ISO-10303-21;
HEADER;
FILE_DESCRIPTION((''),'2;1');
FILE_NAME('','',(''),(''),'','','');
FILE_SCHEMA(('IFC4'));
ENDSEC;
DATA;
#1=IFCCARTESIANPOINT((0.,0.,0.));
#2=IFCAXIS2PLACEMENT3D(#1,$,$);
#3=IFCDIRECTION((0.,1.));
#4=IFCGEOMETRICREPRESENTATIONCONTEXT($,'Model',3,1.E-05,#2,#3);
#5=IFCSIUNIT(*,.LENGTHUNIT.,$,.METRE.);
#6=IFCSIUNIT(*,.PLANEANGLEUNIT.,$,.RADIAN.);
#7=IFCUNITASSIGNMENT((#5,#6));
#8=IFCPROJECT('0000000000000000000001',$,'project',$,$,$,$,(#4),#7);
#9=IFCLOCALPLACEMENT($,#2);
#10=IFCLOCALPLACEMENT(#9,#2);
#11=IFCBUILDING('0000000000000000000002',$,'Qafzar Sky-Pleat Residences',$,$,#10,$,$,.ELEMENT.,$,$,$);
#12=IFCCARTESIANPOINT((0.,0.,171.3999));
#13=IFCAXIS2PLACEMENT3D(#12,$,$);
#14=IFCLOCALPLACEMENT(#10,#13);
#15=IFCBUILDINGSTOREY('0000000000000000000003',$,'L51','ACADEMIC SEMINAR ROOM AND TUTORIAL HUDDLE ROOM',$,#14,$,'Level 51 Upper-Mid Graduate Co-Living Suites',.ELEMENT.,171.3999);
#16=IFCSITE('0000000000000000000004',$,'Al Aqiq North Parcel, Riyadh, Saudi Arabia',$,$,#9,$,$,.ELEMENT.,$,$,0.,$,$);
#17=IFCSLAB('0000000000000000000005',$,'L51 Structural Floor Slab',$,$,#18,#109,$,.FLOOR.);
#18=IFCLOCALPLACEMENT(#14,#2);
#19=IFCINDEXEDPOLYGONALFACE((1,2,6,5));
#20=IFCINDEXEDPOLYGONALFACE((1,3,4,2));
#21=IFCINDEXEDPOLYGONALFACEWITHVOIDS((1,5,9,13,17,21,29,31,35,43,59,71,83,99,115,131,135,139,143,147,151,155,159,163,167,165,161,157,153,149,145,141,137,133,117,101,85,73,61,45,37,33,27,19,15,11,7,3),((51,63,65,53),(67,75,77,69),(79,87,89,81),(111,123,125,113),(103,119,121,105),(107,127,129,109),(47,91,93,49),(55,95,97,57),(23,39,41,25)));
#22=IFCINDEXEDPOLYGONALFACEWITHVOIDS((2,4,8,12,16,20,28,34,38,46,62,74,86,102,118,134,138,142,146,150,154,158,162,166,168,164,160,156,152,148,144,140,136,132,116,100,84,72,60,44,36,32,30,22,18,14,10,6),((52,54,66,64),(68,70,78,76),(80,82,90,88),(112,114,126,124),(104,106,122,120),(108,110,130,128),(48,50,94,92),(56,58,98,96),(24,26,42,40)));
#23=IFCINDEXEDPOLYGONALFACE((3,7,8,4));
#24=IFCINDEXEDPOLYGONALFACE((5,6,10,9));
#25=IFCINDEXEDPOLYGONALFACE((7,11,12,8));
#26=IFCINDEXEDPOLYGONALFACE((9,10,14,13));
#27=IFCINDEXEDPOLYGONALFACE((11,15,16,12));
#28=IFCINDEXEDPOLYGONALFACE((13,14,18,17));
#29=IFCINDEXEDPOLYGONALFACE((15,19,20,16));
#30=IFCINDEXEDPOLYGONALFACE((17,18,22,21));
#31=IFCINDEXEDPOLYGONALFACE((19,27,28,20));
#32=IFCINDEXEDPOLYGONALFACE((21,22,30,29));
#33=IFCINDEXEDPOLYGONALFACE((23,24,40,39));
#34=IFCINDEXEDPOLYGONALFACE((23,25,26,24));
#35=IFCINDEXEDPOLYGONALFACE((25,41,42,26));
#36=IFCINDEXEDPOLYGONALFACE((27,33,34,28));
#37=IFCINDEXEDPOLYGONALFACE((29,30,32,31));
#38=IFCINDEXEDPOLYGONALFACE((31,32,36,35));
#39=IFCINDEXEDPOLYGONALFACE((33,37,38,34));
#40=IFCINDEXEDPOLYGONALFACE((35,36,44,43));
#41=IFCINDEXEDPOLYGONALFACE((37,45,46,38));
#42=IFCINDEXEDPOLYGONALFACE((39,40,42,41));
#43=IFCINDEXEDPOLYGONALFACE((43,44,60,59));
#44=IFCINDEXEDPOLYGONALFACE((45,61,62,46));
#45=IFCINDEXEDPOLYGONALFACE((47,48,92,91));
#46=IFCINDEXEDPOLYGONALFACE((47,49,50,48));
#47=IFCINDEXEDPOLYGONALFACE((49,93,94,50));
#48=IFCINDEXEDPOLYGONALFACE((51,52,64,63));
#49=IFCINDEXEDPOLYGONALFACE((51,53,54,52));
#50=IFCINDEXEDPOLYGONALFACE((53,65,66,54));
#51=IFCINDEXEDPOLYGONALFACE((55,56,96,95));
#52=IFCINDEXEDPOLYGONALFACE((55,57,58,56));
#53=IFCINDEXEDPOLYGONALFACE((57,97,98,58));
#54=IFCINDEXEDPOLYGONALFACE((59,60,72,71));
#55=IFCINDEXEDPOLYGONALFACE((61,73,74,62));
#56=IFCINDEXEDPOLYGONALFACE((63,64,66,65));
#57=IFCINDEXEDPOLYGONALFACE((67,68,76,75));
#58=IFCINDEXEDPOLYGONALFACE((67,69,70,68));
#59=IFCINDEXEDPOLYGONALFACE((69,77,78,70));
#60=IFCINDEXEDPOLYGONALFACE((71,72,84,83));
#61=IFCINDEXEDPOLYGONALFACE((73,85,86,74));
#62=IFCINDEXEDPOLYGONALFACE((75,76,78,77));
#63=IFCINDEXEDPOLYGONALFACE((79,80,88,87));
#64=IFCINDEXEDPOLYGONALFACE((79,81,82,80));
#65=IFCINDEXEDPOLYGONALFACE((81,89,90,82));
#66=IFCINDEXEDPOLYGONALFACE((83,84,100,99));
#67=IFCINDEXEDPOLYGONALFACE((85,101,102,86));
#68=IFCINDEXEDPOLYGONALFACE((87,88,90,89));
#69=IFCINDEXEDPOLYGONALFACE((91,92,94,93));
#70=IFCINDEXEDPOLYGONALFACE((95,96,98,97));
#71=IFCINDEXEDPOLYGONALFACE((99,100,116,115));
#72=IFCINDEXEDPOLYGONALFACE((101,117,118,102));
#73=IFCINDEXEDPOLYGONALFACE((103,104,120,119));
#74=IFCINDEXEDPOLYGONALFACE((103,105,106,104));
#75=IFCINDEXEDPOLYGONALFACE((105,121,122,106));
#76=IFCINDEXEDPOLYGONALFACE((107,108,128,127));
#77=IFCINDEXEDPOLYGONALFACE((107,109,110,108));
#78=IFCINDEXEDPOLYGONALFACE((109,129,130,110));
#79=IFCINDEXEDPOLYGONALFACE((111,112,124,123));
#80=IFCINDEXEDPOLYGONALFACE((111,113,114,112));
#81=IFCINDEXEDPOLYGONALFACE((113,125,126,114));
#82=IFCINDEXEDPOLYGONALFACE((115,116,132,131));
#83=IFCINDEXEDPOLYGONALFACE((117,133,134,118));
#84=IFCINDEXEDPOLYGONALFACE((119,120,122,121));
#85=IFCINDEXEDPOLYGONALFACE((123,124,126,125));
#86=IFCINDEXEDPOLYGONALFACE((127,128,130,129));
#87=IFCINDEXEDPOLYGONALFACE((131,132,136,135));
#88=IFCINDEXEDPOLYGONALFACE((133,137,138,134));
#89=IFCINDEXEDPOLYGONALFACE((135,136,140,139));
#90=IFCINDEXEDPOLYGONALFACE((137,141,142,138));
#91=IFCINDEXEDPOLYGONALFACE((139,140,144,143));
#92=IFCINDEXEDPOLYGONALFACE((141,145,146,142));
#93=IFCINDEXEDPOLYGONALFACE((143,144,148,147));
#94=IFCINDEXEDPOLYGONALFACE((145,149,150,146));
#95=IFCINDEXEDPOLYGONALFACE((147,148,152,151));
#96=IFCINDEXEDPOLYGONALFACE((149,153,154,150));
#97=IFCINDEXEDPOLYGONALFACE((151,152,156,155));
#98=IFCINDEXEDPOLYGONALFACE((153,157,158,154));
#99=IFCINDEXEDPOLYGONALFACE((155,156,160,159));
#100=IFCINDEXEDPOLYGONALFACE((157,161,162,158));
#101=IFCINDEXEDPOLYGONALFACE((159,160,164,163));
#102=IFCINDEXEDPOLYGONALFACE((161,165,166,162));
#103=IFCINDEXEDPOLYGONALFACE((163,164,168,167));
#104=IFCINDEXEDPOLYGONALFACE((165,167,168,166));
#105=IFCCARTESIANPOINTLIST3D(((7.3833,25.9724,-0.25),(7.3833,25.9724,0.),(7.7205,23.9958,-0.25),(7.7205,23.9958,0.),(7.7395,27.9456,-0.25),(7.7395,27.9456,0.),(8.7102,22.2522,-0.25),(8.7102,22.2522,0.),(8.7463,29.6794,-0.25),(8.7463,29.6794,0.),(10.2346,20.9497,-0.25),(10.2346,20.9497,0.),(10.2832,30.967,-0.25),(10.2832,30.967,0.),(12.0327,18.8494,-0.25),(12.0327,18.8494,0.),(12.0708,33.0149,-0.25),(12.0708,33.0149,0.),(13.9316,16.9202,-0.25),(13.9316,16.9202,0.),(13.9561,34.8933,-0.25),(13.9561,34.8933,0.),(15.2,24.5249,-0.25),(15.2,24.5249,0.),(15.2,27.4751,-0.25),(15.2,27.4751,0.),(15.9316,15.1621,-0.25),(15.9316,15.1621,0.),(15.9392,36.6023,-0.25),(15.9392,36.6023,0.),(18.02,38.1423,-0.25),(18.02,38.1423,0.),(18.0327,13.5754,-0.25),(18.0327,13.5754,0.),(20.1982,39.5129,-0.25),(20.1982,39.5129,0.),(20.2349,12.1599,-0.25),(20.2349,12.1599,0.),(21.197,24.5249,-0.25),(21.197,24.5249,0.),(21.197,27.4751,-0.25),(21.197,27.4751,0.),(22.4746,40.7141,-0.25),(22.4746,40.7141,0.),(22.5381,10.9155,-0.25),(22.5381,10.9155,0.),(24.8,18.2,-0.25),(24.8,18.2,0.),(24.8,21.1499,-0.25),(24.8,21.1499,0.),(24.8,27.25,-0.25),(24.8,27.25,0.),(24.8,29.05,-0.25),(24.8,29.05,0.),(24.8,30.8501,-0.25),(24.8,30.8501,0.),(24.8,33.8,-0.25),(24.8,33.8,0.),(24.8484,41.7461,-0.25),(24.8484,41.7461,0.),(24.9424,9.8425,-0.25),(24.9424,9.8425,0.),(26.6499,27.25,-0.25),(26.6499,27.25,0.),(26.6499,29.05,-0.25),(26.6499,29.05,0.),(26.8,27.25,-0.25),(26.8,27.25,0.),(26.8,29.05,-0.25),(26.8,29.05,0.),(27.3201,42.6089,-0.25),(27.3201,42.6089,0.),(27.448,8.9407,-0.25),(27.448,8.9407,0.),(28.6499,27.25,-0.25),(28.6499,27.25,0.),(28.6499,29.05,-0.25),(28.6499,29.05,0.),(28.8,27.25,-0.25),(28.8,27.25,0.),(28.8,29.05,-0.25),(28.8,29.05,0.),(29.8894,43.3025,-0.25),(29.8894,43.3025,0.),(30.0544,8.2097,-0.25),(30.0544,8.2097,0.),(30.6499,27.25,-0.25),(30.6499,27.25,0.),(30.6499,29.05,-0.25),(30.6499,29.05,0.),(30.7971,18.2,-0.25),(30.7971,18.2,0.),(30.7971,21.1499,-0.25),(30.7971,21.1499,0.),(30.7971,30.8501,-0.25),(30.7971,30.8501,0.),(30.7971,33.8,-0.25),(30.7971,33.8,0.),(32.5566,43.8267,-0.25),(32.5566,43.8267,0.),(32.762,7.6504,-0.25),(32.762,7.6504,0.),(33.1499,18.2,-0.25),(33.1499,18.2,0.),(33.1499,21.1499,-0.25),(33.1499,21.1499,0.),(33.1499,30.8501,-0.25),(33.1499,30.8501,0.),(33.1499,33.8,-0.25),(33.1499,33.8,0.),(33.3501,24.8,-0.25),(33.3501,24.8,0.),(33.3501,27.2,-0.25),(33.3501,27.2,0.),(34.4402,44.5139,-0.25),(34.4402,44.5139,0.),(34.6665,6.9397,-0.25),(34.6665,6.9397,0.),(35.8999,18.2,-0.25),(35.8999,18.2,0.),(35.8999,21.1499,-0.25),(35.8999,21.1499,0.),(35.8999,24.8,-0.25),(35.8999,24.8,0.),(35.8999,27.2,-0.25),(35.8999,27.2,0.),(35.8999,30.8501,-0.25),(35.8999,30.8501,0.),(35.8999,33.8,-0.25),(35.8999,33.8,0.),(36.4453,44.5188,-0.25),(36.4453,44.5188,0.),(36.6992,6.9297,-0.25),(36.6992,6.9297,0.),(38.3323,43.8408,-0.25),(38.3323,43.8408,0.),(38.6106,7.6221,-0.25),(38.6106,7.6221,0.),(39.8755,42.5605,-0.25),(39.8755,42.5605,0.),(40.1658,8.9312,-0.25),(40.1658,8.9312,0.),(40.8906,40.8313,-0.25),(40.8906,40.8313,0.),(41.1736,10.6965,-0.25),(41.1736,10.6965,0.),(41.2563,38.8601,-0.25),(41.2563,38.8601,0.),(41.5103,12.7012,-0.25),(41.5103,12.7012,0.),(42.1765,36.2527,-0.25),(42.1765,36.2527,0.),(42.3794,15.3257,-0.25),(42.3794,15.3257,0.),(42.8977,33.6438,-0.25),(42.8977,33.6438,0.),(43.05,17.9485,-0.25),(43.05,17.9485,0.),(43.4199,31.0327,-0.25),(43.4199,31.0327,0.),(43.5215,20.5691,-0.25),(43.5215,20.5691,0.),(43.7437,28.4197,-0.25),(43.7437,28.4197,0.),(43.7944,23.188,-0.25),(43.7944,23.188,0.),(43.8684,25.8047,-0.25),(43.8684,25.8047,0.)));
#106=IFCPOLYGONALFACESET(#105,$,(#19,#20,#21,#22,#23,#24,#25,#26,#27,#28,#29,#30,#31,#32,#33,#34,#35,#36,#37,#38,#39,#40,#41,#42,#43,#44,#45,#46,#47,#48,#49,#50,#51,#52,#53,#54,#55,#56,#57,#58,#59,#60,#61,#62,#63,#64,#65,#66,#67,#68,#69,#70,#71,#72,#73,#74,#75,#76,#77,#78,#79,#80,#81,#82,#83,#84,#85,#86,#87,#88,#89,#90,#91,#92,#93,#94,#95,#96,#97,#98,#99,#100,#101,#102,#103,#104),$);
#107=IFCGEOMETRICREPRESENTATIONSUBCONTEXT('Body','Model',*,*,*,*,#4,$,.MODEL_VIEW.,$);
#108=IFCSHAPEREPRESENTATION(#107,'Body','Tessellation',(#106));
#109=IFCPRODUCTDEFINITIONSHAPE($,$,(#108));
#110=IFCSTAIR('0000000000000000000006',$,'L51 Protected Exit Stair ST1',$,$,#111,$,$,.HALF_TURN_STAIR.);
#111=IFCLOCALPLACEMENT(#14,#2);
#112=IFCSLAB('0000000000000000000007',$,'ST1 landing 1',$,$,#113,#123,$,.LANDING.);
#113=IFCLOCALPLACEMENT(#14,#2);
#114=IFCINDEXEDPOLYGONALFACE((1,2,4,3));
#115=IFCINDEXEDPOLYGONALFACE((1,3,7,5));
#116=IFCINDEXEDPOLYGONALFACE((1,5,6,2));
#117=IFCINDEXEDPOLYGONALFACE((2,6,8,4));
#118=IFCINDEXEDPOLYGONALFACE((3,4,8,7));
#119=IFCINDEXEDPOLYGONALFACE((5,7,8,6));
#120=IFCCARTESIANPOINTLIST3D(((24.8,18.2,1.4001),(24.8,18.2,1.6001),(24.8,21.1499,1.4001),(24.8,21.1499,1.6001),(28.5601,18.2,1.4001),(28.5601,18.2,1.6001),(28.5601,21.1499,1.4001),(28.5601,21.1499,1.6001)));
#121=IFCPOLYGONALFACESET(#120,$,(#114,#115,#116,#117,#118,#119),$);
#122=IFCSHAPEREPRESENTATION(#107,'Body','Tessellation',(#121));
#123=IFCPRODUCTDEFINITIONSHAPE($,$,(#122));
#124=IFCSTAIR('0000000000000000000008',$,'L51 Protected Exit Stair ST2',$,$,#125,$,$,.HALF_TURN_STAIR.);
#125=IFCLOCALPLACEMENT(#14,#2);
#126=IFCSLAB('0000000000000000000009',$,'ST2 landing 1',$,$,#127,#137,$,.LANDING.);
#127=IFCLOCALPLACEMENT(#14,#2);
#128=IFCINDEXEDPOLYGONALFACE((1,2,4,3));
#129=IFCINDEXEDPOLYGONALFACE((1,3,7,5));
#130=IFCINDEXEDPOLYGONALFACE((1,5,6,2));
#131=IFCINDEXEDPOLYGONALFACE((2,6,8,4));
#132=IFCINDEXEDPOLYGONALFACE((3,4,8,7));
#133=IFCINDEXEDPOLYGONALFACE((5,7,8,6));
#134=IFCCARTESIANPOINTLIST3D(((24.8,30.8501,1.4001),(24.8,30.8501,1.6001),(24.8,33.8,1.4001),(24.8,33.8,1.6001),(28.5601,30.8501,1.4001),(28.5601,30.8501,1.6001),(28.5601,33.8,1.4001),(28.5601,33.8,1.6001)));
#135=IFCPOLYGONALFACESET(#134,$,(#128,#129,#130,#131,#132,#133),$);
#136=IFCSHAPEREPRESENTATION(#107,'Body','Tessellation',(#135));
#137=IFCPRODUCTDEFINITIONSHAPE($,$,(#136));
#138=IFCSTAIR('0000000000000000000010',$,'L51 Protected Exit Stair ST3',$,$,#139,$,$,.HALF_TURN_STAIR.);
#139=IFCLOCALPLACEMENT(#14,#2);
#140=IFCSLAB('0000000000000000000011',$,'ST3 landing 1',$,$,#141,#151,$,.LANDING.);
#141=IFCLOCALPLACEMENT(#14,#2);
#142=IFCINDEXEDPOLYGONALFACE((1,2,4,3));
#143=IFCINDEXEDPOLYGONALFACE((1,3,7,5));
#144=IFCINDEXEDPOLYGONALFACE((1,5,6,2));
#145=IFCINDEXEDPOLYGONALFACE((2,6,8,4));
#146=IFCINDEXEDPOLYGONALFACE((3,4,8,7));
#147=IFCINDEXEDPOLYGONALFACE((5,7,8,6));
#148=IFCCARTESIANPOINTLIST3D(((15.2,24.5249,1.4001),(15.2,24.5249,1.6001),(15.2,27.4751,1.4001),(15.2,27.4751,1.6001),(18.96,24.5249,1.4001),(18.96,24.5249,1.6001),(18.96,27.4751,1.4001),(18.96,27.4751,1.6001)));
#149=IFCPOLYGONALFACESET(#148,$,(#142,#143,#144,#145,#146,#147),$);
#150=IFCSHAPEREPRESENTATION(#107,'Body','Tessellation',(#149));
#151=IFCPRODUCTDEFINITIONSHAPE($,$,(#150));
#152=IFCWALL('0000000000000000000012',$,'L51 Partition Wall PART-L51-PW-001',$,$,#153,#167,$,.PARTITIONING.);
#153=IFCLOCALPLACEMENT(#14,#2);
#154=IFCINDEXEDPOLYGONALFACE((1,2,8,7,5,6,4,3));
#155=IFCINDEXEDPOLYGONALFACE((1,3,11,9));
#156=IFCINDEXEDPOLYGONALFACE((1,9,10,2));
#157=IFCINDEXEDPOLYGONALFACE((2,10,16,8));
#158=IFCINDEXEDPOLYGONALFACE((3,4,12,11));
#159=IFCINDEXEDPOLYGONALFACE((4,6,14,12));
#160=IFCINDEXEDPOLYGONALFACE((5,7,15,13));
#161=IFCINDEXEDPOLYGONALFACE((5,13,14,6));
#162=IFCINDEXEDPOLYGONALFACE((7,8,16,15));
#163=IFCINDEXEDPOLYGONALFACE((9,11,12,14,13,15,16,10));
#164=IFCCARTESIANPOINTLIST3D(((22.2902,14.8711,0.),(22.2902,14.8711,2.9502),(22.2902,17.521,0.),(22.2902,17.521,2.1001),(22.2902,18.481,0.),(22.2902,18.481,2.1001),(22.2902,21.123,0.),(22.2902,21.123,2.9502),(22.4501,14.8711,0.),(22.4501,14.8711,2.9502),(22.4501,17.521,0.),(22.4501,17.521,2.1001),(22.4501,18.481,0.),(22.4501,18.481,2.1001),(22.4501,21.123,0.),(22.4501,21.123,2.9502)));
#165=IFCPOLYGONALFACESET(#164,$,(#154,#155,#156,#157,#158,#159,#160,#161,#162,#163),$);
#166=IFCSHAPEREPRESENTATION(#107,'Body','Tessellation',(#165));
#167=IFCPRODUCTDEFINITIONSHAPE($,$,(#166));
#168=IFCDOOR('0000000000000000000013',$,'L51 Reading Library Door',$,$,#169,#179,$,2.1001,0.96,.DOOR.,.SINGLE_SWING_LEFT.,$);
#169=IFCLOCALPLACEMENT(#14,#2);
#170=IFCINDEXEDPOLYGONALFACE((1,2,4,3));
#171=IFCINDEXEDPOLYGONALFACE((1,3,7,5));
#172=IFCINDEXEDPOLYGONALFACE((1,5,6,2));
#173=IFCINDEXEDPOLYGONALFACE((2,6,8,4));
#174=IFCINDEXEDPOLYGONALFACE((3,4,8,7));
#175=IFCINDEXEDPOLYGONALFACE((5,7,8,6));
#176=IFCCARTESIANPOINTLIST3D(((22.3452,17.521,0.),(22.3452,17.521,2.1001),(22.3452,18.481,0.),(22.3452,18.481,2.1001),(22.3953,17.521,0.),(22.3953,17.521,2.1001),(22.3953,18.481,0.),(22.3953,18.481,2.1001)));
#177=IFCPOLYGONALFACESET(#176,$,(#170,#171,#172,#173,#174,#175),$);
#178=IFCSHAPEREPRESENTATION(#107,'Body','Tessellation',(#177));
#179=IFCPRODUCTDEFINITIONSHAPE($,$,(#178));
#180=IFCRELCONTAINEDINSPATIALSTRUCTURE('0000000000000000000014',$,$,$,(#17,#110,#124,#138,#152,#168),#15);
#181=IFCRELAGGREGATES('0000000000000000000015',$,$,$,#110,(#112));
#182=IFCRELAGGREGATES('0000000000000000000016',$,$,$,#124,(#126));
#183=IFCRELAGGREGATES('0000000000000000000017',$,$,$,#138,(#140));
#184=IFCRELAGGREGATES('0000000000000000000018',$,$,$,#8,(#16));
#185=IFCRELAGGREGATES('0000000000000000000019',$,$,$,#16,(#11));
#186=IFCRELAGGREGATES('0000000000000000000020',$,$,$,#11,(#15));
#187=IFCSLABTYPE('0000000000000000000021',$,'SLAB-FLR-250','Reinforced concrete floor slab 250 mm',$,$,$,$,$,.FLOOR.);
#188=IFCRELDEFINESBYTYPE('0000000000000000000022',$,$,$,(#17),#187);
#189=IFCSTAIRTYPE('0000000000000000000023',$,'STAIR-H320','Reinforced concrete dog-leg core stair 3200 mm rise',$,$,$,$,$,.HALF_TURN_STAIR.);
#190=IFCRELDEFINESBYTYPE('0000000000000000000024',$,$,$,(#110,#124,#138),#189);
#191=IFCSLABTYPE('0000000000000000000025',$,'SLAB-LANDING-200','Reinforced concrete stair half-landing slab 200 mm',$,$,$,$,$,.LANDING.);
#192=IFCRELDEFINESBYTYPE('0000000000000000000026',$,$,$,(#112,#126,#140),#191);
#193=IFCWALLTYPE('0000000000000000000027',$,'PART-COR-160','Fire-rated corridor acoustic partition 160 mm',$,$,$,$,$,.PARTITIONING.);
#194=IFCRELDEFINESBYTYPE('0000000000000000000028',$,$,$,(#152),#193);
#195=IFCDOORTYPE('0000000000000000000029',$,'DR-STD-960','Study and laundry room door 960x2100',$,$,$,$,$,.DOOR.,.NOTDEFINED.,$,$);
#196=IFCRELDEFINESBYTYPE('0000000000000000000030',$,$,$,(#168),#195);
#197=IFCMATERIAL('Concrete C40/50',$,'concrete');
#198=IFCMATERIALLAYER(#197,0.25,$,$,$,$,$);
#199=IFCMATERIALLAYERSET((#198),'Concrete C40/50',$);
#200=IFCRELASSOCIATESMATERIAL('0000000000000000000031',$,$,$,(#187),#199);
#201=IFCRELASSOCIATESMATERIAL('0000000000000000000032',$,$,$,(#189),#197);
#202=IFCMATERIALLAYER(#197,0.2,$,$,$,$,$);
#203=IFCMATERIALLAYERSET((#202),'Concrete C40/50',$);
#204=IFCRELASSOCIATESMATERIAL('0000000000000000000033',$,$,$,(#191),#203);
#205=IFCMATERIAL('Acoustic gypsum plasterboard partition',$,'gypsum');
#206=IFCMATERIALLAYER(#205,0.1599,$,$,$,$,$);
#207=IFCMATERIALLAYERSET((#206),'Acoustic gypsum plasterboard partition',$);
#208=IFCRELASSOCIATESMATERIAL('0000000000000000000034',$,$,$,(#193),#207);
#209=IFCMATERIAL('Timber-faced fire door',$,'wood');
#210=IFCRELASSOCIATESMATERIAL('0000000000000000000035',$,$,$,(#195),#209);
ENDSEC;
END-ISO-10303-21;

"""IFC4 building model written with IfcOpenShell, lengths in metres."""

from ifc_helpers import new_model, si_unit, direction, frame, frame_2d, origin, place, context, subcontext, project, spatial, polyline, rectangle, outline, extrude, source, transform, mapped, material, layer, layer_set, type_object, element, fill, aggregate, save


model = new_model("IFC4")

# Units and contexts
model_context = context("Model", 3, precision=1e-05, world=origin(), true_north=direction((0.0, 1.0)))
body_context = subcontext(model_context, "Body", "Model", "MODEL_VIEW")
ifc_project = project(units=[si_unit("LENGTHUNIT", "METRE"), si_unit("PLANEANGLEUNIT", "RADIAN")], contexts=[model_context])

# Site, building, storey
site_placement = place(None, origin())
site = spatial("IfcSite", under=ifc_project, at=site_placement, Name="Al Aqiq North Parcel, Riyadh, Saudi Arabia", CompositionType="ELEMENT", RefElevation=0.0)
building_placement = place(site_placement, origin())
building = spatial("IfcBuilding", under=site, at=building_placement, Name="Qafzar Sky-Pleat Residences", CompositionType="ELEMENT")
storey_placement = place(building_placement, frame((0.0, 0.0, 171.3999)))
storey = spatial("IfcBuildingStorey", under=building, at=storey_placement, Name="L51", Description="ACADEMIC SEMINAR ROOM AND TUTORIAL HUDDLE ROOM", LongName="Level 51 Upper-Mid Graduate Co-Living Suites", CompositionType="ELEMENT", Elevation=171.3999)

# Slab
ifc_material_1 = material(Name="Concrete C40/50", Category="concrete")
ifc_layer_1 = layer(ifc_material_1, 0.25)
ifc_layer_set_1 = layer_set([ifc_layer_1], Name="Concrete C40/50")
slab_type_1 = type_object("IfcSlabType", Name="SLAB-FLR-250", Description="Reinforced concrete floor slab 250 mm", PredefinedType="FLOOR", material=ifc_layer_set_1)
slab_1_placement = place(storey_placement, frame((0.0, 0.0, -0.25)))
element("IfcSlab", 1, at=slab_1_placement, inside=storey, type_object=slab_type_1, Name="L51 Structural Floor Slab", PredefinedType="FLOOR", context=body_context, shape_type="SweptSolid", body=[
    extrude(outline(polyline([(10.2832, 30.967), (8.7463, 29.6794), (7.7395, 27.9456), (7.3833, 25.9724), (7.7205, 23.9958), (8.7102, 22.2522), (10.2346, 20.9497), (12.0327, 18.8494), (13.9316, 16.9202), (15.9316, 15.1621), (18.0327, 13.5754), (20.2349, 12.1599), (22.5381, 10.9155), (24.9424, 9.8425), (27.448, 8.9407), (30.0544, 8.2097), (32.762, 7.6504), (34.6665, 6.9397), (36.6992, 6.9297), (38.6106, 7.6221), (40.1658, 8.9312), (41.1736, 10.6965), (41.5103, 12.7012), (42.3794, 15.3257), (43.05, 17.9485), (43.5215, 20.5691), (43.7944, 23.188), (43.8684, 25.8047), (43.7437, 28.4197), (43.4199, 31.0327), (42.8977, 33.6438), (42.1765, 36.2527), (41.2563, 38.8601), (40.8906, 40.8313), (39.8755, 42.5605), (38.3323, 43.8408), (36.4453, 44.5188), (34.4402, 44.5139), (32.5566, 43.8267), (29.8894, 43.3025), (27.3201, 42.6089), (24.8484, 41.7461), (22.4746, 40.7141), (20.1982, 39.5129), (18.02, 38.1423), (15.9392, 36.6023), (13.9561, 34.8933), (12.0708, 33.0149), (10.2832, 30.967)]), holes=[polyline([(30.7971, 21.1499), (24.8, 21.1499), (24.8, 18.2), (30.7971, 18.2), (30.7971, 21.1499)]), polyline([(30.7971, 33.8), (24.8, 33.8), (24.8, 30.8501), (30.7971, 30.8501), (30.7971, 33.8)]), polyline([(21.197, 27.4751), (15.2, 27.4751), (15.2, 24.5249), (21.197, 24.5249), (21.197, 27.4751)]), polyline([(24.8, 27.25), (26.6499, 27.25), (26.6499, 29.05), (24.8, 29.05), (24.8, 27.25)]), polyline([(26.8, 27.25), (28.6499, 27.25), (28.6499, 29.05), (26.8, 29.05), (26.8, 27.25)]), polyline([(28.8, 27.25), (30.6499, 27.25), (30.6499, 29.05), (28.8, 29.05), (28.8, 27.25)]), polyline([(33.1499, 18.2), (35.8999, 18.2), (35.8999, 21.1499), (33.1499, 21.1499), (33.1499, 18.2)]), polyline([(33.1499, 30.8501), (35.8999, 30.8501), (35.8999, 33.8), (33.1499, 33.8), (33.1499, 30.8501)]), polyline([(33.3501, 24.8), (35.8999, 24.8), (35.8999, 27.2), (33.3501, 27.2), (33.3501, 24.8)])]), origin(), (0.0, 0.0, 1.0), 0.25),
])

# Stairs, slabs
stair_type = type_object("IfcStairType", Name="STAIR-H320", Description="Reinforced concrete dog-leg core stair 3200 mm rise", PredefinedType="HALF_TURN_STAIR", material=ifc_material_1)
stair_1_placement = place(storey_placement, origin())
stair_1 = element("IfcStair", 2, at=stair_1_placement, inside=storey, type_object=stair_type, Name="L51 Protected Exit Stair ST1", PredefinedType="HALF_TURN_STAIR")
ifc_layer_2 = layer(ifc_material_1, 0.2)
ifc_layer_set_2 = layer_set([ifc_layer_2], Name="Concrete C40/50")
slab_type_2 = type_object("IfcSlabType", Name="SLAB-LANDING-200", Description="Reinforced concrete stair half-landing slab 200 mm", PredefinedType="LANDING", material=ifc_layer_set_2)
slab_2_placement = place(storey_placement, frame((0.0, 0.0, 1.4001)))
slab_2 = element("IfcSlab", 3, at=slab_2_placement, type_object=slab_type_2, Name="ST1 landing 1", PredefinedType="LANDING", context=body_context, shape_type="SweptSolid", body=[
    extrude(outline(polyline([(28.5601, 21.1499), (24.8, 21.1499), (24.8, 18.2), (28.5601, 18.2), (28.5601, 21.1499)])), origin(), (0.0, 0.0, 1.0), 0.2),
])
aggregate(stair_1, [slab_2])
stair_2_placement = place(storey_placement, origin())
stair_2 = element("IfcStair", 4, at=stair_2_placement, inside=storey, type_object=stair_type, Name="L51 Protected Exit Stair ST2", PredefinedType="HALF_TURN_STAIR")
slab_3_placement = place(storey_placement, frame((0.0, 0.0, 1.4001)))
slab_3 = element("IfcSlab", 5, at=slab_3_placement, type_object=slab_type_2, Name="ST2 landing 1", PredefinedType="LANDING", context=body_context, shape_type="SweptSolid", body=[
    extrude(outline(polyline([(28.5601, 33.8), (24.8, 33.8), (24.8, 30.8501), (28.5601, 30.8501), (28.5601, 33.8)])), origin(), (0.0, 0.0, 1.0), 0.2),
])
aggregate(stair_2, [slab_3])
stair_3_placement = place(storey_placement, origin())
stair_3 = element("IfcStair", 6, at=stair_3_placement, inside=storey, type_object=stair_type, Name="L51 Protected Exit Stair ST3", PredefinedType="HALF_TURN_STAIR")
slab_4_placement = place(storey_placement, frame((0.0, 0.0, 1.4001)))
slab_4 = element("IfcSlab", 7, at=slab_4_placement, type_object=slab_type_2, Name="ST3 landing 1", PredefinedType="LANDING", context=body_context, shape_type="SweptSolid", body=[
    extrude(outline(polyline([(18.96, 27.4751), (15.2, 27.4751), (15.2, 24.5249), (18.96, 24.5249), (18.96, 27.4751)])), origin(), (0.0, 0.0, 1.0), 0.2),
])
aggregate(stair_3, [slab_4])

# Wall, opening, door
ifc_material_2 = material(Name="Acoustic gypsum plasterboard partition", Category="gypsum")
ifc_layer_3 = layer(ifc_material_2, 0.1599)
ifc_layer_set_3 = layer_set([ifc_layer_3], Name="Acoustic gypsum plasterboard partition")
wall_type_1 = type_object("IfcWallType", Name="PART-COR-160", Description="Fire-rated corridor acoustic partition 160 mm", PredefinedType="PARTITIONING", material=ifc_layer_set_3)
wall_1_placement = place(storey_placement, frame((22.3701, 14.8711, 0.0), z_axis=(0.0, 0.0, 1.0), x_axis=(0.0, 1.0, 0.0)))
wall_1 = element("IfcWall", 8, at=wall_1_placement, inside=storey, type_object=wall_type_1, Name="L51 Partition Wall PART-L51-PW-001", PredefinedType="PARTITIONING", context=body_context, shape_type="SweptSolid", body=[
    extrude(rectangle(XDim=6.252, YDim=0.1599, at=frame_2d((3.126, 0.0))), origin(), (0.0, 0.0, 1.0), 2.9502),
])
opening_1_placement = place(wall_1_placement, frame((2.6499, 0.0, 0.0)))
opening_1 = element("IfcOpeningElement", 9, at=opening_1_placement, cuts=wall_1, PredefinedType="OPENING", context=body_context, shape_type="SweptSolid", body=[
    extrude(rectangle(XDim=0.96, YDim=2.1001, at=frame_2d((0.48, 1.05))), frame((0.0, 0.0898, 0.0), z_axis=(0.0, -1.0, 0.0), x_axis=(1.0, 0.0, 0.0)), (0.0, 0.0, 1.0), 0.1799),
])
ifc_material_3 = material(Name="Timber-faced fire door", Category="wood")
door_type = type_object("IfcDoorType", Name="DR-STD-960", Description="Study and laundry room door 960x2100", OperationType="NOTDEFINED", PredefinedType="DOOR", material=ifc_material_3)
shared_shape_1 = source(origin(), body_context, "Body", "SweptSolid", [
    extrude(rectangle(XDim=0.96, YDim=2.1001, at=frame_2d((0.48, 1.05))), frame((0.0, 0.0249, 0.0), z_axis=(0.0, -1.0, 0.0), x_axis=(1.0, 0.0, 0.0)), (0.0, 0.0, 1.0), 0.05),
])
door_placement = place(opening_1_placement, origin())
door = element("IfcDoor", 10, at=door_placement, inside=storey, type_object=door_type, Name="L51 Reading Library Door", OperationType="SINGLE_SWING_LEFT", OverallHeight=2.1001, OverallWidth=0.96, PredefinedType="DOOR", context=body_context, shape_type="MappedRepresentation", body=[
    mapped(shared_shape_1, transform((0.0, 0.0, 0.0), x_axis=(1.0, 0.0, 0.0), y_axis=(0.0, 1.0, 0.0), z_axis=(0.0, 0.0, 1.0), scale=1.0)),
])
fill(opening_1, door)

save(model, "model.ifc")
